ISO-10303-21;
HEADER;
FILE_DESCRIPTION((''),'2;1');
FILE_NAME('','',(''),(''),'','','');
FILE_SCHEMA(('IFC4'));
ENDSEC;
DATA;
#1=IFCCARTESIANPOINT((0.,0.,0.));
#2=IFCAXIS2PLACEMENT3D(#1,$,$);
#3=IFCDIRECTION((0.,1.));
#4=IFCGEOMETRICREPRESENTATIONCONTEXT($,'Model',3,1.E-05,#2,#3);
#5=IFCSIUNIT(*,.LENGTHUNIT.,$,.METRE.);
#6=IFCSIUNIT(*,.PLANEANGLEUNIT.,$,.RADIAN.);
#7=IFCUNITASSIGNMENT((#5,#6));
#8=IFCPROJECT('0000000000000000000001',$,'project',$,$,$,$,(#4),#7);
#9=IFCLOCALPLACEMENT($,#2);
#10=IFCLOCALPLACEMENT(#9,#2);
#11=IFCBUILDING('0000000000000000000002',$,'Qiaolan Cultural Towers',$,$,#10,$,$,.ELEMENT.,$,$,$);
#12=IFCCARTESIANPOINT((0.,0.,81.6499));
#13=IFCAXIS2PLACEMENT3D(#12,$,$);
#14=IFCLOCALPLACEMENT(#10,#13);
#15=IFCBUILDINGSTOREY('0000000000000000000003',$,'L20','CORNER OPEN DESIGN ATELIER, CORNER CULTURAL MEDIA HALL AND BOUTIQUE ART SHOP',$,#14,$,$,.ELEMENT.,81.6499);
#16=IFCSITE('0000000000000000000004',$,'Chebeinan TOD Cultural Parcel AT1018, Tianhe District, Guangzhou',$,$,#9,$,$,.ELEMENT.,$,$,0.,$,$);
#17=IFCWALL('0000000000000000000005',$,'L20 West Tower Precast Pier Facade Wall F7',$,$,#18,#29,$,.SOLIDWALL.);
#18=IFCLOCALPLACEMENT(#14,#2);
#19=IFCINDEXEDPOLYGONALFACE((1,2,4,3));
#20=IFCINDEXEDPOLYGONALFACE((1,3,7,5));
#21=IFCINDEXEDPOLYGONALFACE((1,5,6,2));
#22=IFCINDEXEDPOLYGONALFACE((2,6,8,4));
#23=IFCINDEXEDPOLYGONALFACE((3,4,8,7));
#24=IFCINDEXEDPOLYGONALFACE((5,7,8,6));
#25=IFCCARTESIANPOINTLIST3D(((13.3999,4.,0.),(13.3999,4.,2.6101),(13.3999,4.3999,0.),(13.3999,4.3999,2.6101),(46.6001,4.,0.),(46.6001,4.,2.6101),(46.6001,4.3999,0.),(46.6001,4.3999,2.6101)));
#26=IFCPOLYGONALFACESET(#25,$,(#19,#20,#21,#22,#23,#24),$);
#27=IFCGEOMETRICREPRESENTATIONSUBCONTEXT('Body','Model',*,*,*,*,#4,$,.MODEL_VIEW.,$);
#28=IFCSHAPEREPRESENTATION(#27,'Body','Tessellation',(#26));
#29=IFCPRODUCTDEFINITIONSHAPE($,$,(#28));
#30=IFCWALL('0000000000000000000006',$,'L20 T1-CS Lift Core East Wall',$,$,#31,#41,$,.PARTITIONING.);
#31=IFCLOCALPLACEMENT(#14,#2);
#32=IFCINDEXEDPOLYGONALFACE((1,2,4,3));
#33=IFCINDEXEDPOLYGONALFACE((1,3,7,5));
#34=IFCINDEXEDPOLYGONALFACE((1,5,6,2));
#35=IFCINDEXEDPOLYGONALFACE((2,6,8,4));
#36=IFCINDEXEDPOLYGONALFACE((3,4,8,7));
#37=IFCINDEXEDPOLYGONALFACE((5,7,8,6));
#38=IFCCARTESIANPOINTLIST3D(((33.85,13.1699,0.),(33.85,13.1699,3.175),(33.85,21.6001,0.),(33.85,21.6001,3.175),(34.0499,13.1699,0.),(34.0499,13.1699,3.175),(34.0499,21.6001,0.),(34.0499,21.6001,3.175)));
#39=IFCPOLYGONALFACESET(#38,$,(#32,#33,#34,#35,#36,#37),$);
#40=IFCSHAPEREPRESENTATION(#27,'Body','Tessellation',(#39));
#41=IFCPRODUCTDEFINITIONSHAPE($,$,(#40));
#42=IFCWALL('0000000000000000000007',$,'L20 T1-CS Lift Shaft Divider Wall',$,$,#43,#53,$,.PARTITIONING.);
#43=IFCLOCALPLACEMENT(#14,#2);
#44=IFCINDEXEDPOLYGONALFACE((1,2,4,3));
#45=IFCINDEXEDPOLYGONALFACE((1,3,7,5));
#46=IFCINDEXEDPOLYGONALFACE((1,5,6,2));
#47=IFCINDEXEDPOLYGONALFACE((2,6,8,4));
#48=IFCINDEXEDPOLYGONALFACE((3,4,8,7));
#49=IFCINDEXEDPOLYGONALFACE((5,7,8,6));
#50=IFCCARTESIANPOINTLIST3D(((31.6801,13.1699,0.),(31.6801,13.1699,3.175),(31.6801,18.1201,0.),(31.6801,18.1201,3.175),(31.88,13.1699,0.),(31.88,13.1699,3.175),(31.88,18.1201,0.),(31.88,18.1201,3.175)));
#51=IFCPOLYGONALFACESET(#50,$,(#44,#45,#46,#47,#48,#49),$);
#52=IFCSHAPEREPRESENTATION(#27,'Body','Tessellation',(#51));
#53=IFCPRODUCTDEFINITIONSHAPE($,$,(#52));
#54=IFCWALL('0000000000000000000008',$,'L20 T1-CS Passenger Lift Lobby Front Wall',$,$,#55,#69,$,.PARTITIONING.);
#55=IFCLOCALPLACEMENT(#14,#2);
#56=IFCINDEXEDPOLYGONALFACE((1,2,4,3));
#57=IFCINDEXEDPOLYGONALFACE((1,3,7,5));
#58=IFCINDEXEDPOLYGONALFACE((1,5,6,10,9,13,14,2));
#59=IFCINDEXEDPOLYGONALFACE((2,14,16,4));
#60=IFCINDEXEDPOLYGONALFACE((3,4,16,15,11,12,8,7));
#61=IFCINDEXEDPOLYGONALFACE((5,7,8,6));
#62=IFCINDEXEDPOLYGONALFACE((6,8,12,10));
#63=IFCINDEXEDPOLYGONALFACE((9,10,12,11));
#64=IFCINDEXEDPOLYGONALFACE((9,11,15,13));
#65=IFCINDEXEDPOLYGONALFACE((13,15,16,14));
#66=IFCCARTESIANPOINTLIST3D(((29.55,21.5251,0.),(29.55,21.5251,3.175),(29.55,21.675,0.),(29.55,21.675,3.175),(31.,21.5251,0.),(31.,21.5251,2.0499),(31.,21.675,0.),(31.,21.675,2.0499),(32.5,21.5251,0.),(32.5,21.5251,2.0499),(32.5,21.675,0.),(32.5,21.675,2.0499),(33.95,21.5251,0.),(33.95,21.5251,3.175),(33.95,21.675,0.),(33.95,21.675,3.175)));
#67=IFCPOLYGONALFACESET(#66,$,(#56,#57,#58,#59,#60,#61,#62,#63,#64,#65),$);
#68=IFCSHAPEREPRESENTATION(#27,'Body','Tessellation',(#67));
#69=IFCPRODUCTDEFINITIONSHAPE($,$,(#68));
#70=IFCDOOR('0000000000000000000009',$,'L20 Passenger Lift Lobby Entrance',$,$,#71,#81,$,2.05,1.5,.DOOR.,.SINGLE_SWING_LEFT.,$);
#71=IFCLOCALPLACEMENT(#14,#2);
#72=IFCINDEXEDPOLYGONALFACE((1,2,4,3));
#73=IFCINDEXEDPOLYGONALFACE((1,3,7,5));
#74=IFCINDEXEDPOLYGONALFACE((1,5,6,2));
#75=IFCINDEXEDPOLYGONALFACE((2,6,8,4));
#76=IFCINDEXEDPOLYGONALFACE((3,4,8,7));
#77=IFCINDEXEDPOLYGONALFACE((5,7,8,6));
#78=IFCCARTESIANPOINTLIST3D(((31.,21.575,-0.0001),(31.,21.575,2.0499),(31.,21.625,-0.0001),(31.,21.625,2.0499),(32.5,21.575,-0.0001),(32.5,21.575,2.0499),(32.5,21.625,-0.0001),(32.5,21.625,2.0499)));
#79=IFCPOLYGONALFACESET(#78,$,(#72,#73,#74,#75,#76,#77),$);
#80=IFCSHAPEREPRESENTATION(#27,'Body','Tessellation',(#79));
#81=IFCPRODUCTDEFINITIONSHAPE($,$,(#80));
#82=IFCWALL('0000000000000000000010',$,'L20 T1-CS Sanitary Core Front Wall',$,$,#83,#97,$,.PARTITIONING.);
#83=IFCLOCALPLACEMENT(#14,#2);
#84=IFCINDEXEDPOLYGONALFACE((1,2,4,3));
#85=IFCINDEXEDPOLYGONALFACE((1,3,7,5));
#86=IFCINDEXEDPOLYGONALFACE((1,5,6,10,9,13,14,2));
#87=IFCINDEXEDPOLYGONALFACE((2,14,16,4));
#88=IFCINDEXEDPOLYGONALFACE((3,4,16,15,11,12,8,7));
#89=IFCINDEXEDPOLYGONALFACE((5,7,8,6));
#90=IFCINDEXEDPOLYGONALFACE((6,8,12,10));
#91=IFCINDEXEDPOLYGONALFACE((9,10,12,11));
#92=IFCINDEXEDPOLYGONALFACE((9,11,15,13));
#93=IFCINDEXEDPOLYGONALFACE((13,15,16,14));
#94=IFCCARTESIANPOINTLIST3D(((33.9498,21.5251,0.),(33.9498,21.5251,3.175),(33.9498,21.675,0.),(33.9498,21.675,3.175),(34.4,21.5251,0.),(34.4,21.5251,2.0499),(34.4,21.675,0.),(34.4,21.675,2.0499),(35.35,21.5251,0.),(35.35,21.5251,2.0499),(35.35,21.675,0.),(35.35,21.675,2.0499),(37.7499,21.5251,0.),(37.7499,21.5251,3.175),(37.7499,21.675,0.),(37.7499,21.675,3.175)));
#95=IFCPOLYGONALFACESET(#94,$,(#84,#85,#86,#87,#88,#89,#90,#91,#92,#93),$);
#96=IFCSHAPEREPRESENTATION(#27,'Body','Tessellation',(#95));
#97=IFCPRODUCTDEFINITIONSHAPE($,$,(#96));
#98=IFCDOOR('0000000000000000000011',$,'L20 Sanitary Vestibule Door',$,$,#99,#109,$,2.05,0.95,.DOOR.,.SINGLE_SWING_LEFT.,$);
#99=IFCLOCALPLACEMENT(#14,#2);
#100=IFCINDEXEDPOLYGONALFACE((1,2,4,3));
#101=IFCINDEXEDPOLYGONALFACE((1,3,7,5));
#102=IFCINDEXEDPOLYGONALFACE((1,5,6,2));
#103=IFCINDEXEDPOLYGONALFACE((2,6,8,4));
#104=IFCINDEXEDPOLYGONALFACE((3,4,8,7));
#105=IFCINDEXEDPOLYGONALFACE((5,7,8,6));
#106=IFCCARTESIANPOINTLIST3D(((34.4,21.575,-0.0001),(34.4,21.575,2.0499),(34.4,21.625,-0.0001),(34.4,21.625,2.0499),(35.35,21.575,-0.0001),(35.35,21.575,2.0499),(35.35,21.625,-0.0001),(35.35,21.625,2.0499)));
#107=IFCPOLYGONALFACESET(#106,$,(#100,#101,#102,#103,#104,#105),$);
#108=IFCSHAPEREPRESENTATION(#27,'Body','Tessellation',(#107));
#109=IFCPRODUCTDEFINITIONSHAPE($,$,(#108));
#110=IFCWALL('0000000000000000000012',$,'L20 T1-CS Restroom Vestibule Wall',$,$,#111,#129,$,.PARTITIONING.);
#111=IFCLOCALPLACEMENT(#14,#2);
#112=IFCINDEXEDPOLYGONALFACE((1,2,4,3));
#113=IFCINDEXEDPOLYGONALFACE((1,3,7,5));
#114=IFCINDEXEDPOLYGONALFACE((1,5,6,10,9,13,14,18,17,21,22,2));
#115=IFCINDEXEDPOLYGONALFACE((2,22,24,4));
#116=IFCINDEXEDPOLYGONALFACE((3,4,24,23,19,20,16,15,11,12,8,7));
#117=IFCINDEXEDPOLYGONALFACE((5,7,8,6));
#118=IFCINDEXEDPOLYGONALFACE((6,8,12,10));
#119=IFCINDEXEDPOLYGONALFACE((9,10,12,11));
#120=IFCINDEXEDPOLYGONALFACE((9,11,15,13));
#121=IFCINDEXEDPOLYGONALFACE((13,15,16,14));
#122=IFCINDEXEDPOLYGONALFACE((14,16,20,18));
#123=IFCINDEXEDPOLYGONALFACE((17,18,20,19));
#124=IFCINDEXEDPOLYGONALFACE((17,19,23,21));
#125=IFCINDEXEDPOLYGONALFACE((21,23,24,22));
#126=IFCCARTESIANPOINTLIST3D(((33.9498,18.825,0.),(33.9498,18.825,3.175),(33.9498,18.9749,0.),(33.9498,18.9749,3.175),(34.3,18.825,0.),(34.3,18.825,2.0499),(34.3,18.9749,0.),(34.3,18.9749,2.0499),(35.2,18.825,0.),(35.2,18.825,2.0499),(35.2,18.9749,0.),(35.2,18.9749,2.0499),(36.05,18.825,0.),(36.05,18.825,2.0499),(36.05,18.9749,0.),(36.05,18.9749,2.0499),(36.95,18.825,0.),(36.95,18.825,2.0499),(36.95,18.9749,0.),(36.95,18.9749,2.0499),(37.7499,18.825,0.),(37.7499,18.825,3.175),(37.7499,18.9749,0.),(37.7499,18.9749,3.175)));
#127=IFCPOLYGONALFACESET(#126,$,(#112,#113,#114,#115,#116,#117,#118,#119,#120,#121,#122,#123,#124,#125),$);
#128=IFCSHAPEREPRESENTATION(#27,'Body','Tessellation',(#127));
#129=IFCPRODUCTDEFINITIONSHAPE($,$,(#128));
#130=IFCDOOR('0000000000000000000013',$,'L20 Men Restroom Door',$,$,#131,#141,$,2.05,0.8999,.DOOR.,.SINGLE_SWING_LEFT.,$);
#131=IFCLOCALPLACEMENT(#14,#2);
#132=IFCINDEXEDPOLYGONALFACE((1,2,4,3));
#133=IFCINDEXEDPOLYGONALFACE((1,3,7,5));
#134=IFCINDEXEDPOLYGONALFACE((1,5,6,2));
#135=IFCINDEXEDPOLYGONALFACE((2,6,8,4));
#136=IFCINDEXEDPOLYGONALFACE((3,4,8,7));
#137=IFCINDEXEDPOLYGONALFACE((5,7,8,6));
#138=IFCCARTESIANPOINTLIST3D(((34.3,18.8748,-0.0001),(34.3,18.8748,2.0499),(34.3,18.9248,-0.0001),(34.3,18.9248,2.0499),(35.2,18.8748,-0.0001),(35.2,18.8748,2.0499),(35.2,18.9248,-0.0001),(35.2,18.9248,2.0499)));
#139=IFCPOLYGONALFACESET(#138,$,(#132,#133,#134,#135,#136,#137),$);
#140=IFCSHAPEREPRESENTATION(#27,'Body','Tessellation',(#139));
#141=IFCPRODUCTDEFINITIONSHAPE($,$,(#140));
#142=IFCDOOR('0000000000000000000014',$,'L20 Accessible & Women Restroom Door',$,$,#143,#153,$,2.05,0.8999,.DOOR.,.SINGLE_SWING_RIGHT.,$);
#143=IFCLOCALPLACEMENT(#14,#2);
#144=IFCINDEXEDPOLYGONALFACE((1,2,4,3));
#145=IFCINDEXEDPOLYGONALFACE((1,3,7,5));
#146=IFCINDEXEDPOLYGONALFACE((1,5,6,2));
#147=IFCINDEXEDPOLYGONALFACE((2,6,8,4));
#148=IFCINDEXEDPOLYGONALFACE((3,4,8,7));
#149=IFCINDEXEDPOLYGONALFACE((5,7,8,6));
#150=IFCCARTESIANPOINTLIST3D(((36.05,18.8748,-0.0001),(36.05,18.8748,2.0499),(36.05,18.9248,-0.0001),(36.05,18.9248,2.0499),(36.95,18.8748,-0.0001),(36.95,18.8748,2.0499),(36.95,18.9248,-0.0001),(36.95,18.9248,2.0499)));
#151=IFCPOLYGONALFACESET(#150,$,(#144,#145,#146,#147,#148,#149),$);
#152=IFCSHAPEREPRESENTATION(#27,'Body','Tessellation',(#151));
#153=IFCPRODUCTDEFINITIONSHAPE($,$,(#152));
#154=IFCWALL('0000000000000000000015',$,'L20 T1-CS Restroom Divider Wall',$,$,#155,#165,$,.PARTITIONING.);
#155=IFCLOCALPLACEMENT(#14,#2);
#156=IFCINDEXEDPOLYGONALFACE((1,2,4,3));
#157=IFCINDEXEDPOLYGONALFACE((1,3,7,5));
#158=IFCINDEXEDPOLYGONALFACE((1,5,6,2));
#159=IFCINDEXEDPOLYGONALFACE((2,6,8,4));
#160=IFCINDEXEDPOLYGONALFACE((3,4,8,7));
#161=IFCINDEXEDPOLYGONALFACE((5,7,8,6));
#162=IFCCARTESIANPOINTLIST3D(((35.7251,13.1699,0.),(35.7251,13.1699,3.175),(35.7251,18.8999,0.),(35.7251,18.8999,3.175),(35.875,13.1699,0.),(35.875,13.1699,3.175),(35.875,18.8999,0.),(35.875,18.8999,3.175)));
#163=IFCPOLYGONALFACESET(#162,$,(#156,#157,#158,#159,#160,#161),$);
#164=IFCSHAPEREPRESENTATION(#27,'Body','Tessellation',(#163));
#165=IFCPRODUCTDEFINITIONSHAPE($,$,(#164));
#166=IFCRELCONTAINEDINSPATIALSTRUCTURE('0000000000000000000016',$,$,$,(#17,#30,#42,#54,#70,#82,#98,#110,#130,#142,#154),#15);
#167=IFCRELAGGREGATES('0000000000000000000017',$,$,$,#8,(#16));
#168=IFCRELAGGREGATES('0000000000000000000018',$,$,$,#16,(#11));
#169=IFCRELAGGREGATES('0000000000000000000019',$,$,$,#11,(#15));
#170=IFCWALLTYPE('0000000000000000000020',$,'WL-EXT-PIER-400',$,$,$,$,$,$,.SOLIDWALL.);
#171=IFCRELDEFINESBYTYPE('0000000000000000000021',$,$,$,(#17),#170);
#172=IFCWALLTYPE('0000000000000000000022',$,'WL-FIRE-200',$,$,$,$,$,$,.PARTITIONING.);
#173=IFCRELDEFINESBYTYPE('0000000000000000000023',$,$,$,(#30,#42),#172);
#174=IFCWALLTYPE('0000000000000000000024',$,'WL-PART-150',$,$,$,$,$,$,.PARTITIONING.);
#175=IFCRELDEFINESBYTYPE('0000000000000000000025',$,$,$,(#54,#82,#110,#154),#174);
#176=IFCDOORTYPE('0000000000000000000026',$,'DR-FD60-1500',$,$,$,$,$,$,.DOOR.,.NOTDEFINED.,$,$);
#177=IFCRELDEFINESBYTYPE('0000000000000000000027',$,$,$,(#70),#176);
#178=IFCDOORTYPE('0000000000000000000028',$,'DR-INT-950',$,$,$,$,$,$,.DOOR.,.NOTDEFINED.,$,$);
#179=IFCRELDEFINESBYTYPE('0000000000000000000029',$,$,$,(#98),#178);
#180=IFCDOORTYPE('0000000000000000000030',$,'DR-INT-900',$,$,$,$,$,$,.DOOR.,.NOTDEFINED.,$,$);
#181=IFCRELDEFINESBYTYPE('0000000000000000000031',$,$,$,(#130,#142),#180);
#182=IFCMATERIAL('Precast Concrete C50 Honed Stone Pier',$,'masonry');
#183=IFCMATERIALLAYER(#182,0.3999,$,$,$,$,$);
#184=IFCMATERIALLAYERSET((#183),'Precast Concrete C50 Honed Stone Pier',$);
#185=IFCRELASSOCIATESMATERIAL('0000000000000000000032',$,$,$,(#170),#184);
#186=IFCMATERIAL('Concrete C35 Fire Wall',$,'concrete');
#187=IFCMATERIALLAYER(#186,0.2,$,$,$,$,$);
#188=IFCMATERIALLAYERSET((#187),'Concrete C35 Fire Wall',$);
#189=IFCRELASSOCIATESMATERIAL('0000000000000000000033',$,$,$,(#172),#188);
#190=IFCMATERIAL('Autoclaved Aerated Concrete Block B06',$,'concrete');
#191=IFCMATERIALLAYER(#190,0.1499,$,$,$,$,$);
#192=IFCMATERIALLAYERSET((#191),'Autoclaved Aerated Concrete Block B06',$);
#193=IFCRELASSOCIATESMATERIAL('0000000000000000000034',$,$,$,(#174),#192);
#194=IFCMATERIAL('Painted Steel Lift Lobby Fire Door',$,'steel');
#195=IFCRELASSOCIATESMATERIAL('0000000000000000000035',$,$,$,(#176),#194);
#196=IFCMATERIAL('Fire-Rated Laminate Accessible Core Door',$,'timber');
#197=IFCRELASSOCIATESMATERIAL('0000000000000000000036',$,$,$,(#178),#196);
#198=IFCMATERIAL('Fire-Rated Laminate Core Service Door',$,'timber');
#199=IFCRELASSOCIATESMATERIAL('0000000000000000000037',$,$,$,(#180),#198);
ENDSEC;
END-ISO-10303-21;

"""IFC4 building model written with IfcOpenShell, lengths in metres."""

from ifc_helpers import new_model, si_unit, direction, frame, frame_2d, origin, place, context, subcontext, project, spatial, rectangle, extrude, material, layer, layer_set, type_object, element, fill, save


model = new_model("IFC4")

# Units and contexts
model_context = context("Model", 3, precision=1e-05, world=origin(), true_north=direction((0.0, 1.0)))
body_context = subcontext(model_context, "Body", "Model", "MODEL_VIEW")
ifc_project = project(units=[si_unit("LENGTHUNIT", "METRE"), si_unit("PLANEANGLEUNIT", "RADIAN")], contexts=[model_context])

# Site, building, storey
site_placement = place(None, origin())
site = spatial("IfcSite", under=ifc_project, at=site_placement, Name="Chebeinan TOD Cultural Parcel AT1018, Tianhe District, Guangzhou", CompositionType="ELEMENT", RefElevation=0.0)
building_placement = place(site_placement, origin())
building = spatial("IfcBuilding", under=site, at=building_placement, Name="Qiaolan Cultural Towers", CompositionType="ELEMENT")
storey_placement = place(building_placement, frame((0.0, 0.0, 81.6499)))
storey = spatial("IfcBuildingStorey", under=building, at=storey_placement, Name="L20", Description="CORNER OPEN DESIGN ATELIER, CORNER CULTURAL MEDIA HALL AND BOUTIQUE ART SHOP", CompositionType="ELEMENT", Elevation=81.6499)

# Walls
ifc_material_1 = material(Name="Precast Concrete C50 Honed Stone Pier", Category="masonry")
ifc_layer_1 = layer(ifc_material_1, 0.3999)
ifc_layer_set_1 = layer_set([ifc_layer_1], Name="Precast Concrete C50 Honed Stone Pier")
wall_type_1 = type_object("IfcWallType", Name="WL-EXT-PIER-400", PredefinedType="SOLIDWALL", material=ifc_layer_set_1)
wall_1_placement = place(storey_placement, frame((46.6001, 4.2, 0.0), z_axis=(0.0, 0.0, 1.0), x_axis=(-1.0, 0.0, 0.0)))
element("IfcWall", 1, at=wall_1_placement, inside=storey, type_object=wall_type_1, Name="L20 West Tower Precast Pier Facade Wall F7", PredefinedType="SOLIDWALL", context=body_context, shape_type="SweptSolid", body=[
    extrude(rectangle(XDim=33.2002, YDim=0.3999, at=frame_2d((16.6001, 0.0))), origin(), (0.0, 0.0, 1.0), 2.6101),
])
ifc_material_2 = material(Name="Concrete C35 Fire Wall", Category="concrete")
ifc_layer_2 = layer(ifc_material_2, 0.2)
ifc_layer_set_2 = layer_set([ifc_layer_2], Name="Concrete C35 Fire Wall")
wall_type_2 = type_object("IfcWallType", Name="WL-FIRE-200", PredefinedType="PARTITIONING", material=ifc_layer_set_2)
wall_2_placement = place(storey_placement, frame((33.95, 21.6001, 0.0), z_axis=(0.0, 0.0, 1.0), x_axis=(0.0, -1.0, 0.0)))
element("IfcWall", 2, at=wall_2_placement, inside=storey, type_object=wall_type_2, Name="L20 T1-CS Lift Core East Wall", PredefinedType="PARTITIONING", context=body_context, shape_type="SweptSolid", body=[
    extrude(rectangle(XDim=8.4302, YDim=0.2, at=frame_2d((4.2151, 0.0))), origin(), (0.0, 0.0, 1.0), 3.175),
])
wall_3_placement = place(storey_placement, frame((31.78, 18.1201, 0.0), z_axis=(0.0, 0.0, 1.0), x_axis=(0.0, -1.0, 0.0)))
element("IfcWall", 3, at=wall_3_placement, inside=storey, type_object=wall_type_2, Name="L20 T1-CS Lift Shaft Divider Wall", PredefinedType="PARTITIONING", context=body_context, shape_type="SweptSolid", body=[
    extrude(rectangle(XDim=4.9502, YDim=0.2, at=frame_2d((2.4751, 0.0))), origin(), (0.0, 0.0, 1.0), 3.175),
])

# Walls, openings, doors
ifc_material_3 = material(Name="Autoclaved Aerated Concrete Block B06", Category="concrete")
ifc_layer_3 = layer(ifc_material_3, 0.1499)
ifc_layer_set_3 = layer_set([ifc_layer_3], Name="Autoclaved Aerated Concrete Block B06")
wall_type_3 = type_object("IfcWallType", Name="WL-PART-150", PredefinedType="PARTITIONING", material=ifc_layer_set_3)
wall_4_placement = place(storey_placement, frame((29.55, 21.6001, 0.0), z_axis=(0.0, 0.0, 1.0), x_axis=(1.0, 0.0, 0.0)))
wall_4 = element("IfcWall", 4, at=wall_4_placement, inside=storey, type_object=wall_type_3, Name="L20 T1-CS Passenger Lift Lobby Front Wall", PredefinedType="PARTITIONING", context=body_context, shape_type="SweptSolid", body=[
    extrude(rectangle(XDim=4.3999, YDim=0.1499, at=frame_2d((2.2, 0.0))), origin(), (0.0, 0.0, 1.0), 3.175),
])
opening_1_placement = place(wall_4_placement, frame((1.45, 0.0, 0.0)))
opening_1 = element("IfcOpeningElement", 5, at=opening_1_placement, cuts=wall_4, PredefinedType="OPENING", context=body_context, shape_type="SweptSolid", body=[
    extrude(rectangle(XDim=1.5, YDim=2.05, at=frame_2d((0.75, 1.0249))), frame((0.0, 0.085, 0.0), z_axis=(0.0, -1.0, 0.0), x_axis=(1.0, 0.0, 0.0)), (0.0, 0.0, 1.0), 0.1699),
])
ifc_material_4 = material(Name="Painted Steel Lift Lobby Fire Door", Category="steel")
door_type_1 = type_object("IfcDoorType", Name="DR-FD60-1500", OperationType="NOTDEFINED", PredefinedType="DOOR", material=ifc_material_4)
door_1_placement = place(opening_1_placement, origin())
door_1 = element("IfcDoor", 6, at=door_1_placement, inside=storey, type_object=door_type_1, Name="L20 Passenger Lift Lobby Entrance", OperationType="SINGLE_SWING_LEFT", OverallHeight=2.05, OverallWidth=1.5, PredefinedType="DOOR", context=body_context, shape_type="SweptSolid", body=[
    extrude(rectangle(XDim=1.5, YDim=2.05, at=frame_2d((0.75, 1.0249))), frame((0.0, 0.0249, 0.0), z_axis=(0.0, -1.0, 0.0), x_axis=(1.0, 0.0, 0.0)), (0.0, 0.0, 1.0), 0.05),
])
fill(opening_1, door_1)
wall_5_placement = place(storey_placement, frame((33.95, 21.6001, 0.0), z_axis=(0.0, 0.0, 1.0), x_axis=(1.0, 0.0, 0.0)))
wall_5 = element("IfcWall", 7, at=wall_5_placement, inside=storey, type_object=wall_type_3, Name="L20 T1-CS Sanitary Core Front Wall", PredefinedType="PARTITIONING", context=body_context, shape_type="SweptSolid", body=[
    extrude(rectangle(XDim=3.8, YDim=0.1499, at=frame_2d((1.8999, 0.0))), origin(), (0.0, 0.0, 1.0), 3.175),
])
opening_2_placement = place(wall_5_placement, frame((0.45, 0.0, 0.0)))
opening_2 = element("IfcOpeningElement", 8, at=opening_2_placement, cuts=wall_5, PredefinedType="OPENING", context=body_context, shape_type="SweptSolid", body=[
    extrude(rectangle(XDim=0.95, YDim=2.05, at=frame_2d((0.4751, 1.0249))), frame((0.0, 0.085, 0.0), z_axis=(0.0, -1.0, 0.0), x_axis=(1.0, 0.0, 0.0)), (0.0, 0.0, 1.0), 0.1699),
])
ifc_material_5 = material(Name="Fire-Rated Laminate Accessible Core Door", Category="timber")
door_type_2 = type_object("IfcDoorType", Name="DR-INT-950", OperationType="NOTDEFINED", PredefinedType="DOOR", material=ifc_material_5)
door_2_placement = place(opening_2_placement, origin())
door_2 = element("IfcDoor", 9, at=door_2_placement, inside=storey, type_object=door_type_2, Name="L20 Sanitary Vestibule Door", OperationType="SINGLE_SWING_LEFT", OverallHeight=2.05, OverallWidth=0.95, PredefinedType="DOOR", context=body_context, shape_type="SweptSolid", body=[
    extrude(rectangle(XDim=0.95, YDim=2.05, at=frame_2d((0.4751, 1.0249))), frame((0.0, 0.0249, 0.0), z_axis=(0.0, -1.0, 0.0), x_axis=(1.0, 0.0, 0.0)), (0.0, 0.0, 1.0), 0.05),
])
fill(opening_2, door_2)

# Wall, openings, doors
wall_6_placement = place(storey_placement, frame((33.95, 18.8999, 0.0), z_axis=(0.0, 0.0, 1.0), x_axis=(1.0, 0.0, 0.0)))
wall_6 = element("IfcWall", 10, at=wall_6_placement, inside=storey, type_object=wall_type_3, Name="L20 T1-CS Restroom Vestibule Wall", PredefinedType="PARTITIONING", context=body_context, shape_type="SweptSolid", body=[
    extrude(rectangle(XDim=3.8, YDim=0.1499, at=frame_2d((1.8999, 0.0))), origin(), (0.0, 0.0, 1.0), 3.175),
])
opening_3_placement = place(wall_6_placement, frame((0.3501, 0.0, 0.0)))
opening_3 = element("IfcOpeningElement", 11, at=opening_3_placement, cuts=wall_6, PredefinedType="OPENING", context=body_context, shape_type="SweptSolid", body=[
    extrude(rectangle(XDim=0.8999, YDim=2.05, at=frame_2d((0.45, 1.0249))), frame((0.0, 0.085, 0.0), z_axis=(0.0, -1.0, 0.0), x_axis=(1.0, 0.0, 0.0)), (0.0, 0.0, 1.0), 0.1699),
])
opening_4_placement = place(wall_6_placement, frame((2.1001, 0.0, 0.0)))
opening_4 = element("IfcOpeningElement", 12, at=opening_4_placement, cuts=wall_6, PredefinedType="OPENING", context=body_context, shape_type="SweptSolid", body=[
    extrude(rectangle(XDim=0.8999, YDim=2.05, at=frame_2d((0.45, 1.0249))), frame((0.0, 0.085, 0.0), z_axis=(0.0, -1.0, 0.0), x_axis=(1.0, 0.0, 0.0)), (0.0, 0.0, 1.0), 0.1699),
])
ifc_material_6 = material(Name="Fire-Rated Laminate Core Service Door", Category="timber")
door_type_3 = type_object("IfcDoorType", Name="DR-INT-900", OperationType="NOTDEFINED", PredefinedType="DOOR", material=ifc_material_6)
door_3_placement = place(opening_3_placement, origin())
door_3 = element("IfcDoor", 13, at=door_3_placement, inside=storey, type_object=door_type_3, Name="L20 Men Restroom Door", OperationType="SINGLE_SWING_LEFT", OverallHeight=2.05, OverallWidth=0.8999, PredefinedType="DOOR", context=body_context, shape_type="SweptSolid", body=[
    extrude(rectangle(XDim=0.8999, YDim=2.05, at=frame_2d((0.45, 1.0249))), frame((0.0, 0.0249, 0.0), z_axis=(0.0, -1.0, 0.0), x_axis=(1.0, 0.0, 0.0)), (0.0, 0.0, 1.0), 0.05),
])
fill(opening_3, door_3)
door_4_placement = place(opening_4_placement, origin())
door_4 = element("IfcDoor", 14, at=door_4_placement, inside=storey, type_object=door_type_3, Name="L20 Accessible & Women Restroom Door", OperationType="SINGLE_SWING_RIGHT", OverallHeight=2.05, OverallWidth=0.8999, PredefinedType="DOOR", context=body_context, shape_type="SweptSolid", body=[
    extrude(rectangle(XDim=0.8999, YDim=2.05, at=frame_2d((0.45, 1.0249))), frame((0.0, 0.0249, 0.0), z_axis=(0.0, -1.0, 0.0), x_axis=(1.0, 0.0, 0.0)), (0.0, 0.0, 1.0), 0.05),
])
fill(opening_4, door_4)

# Wall
wall_7_placement = place(storey_placement, frame((35.8, 18.8999, 0.0), z_axis=(0.0, 0.0, 1.0), x_axis=(0.0, -1.0, 0.0)))
element("IfcWall", 15, at=wall_7_placement, inside=storey, type_object=wall_type_3, Name="L20 T1-CS Restroom Divider Wall", PredefinedType="PARTITIONING", context=body_context, shape_type="SweptSolid", body=[
    extrude(rectangle(XDim=5.73, YDim=0.1499, at=frame_2d((2.865, 0.0))), origin(), (0.0, 0.0, 1.0), 3.175),
])

save(model, "model.ifc")
